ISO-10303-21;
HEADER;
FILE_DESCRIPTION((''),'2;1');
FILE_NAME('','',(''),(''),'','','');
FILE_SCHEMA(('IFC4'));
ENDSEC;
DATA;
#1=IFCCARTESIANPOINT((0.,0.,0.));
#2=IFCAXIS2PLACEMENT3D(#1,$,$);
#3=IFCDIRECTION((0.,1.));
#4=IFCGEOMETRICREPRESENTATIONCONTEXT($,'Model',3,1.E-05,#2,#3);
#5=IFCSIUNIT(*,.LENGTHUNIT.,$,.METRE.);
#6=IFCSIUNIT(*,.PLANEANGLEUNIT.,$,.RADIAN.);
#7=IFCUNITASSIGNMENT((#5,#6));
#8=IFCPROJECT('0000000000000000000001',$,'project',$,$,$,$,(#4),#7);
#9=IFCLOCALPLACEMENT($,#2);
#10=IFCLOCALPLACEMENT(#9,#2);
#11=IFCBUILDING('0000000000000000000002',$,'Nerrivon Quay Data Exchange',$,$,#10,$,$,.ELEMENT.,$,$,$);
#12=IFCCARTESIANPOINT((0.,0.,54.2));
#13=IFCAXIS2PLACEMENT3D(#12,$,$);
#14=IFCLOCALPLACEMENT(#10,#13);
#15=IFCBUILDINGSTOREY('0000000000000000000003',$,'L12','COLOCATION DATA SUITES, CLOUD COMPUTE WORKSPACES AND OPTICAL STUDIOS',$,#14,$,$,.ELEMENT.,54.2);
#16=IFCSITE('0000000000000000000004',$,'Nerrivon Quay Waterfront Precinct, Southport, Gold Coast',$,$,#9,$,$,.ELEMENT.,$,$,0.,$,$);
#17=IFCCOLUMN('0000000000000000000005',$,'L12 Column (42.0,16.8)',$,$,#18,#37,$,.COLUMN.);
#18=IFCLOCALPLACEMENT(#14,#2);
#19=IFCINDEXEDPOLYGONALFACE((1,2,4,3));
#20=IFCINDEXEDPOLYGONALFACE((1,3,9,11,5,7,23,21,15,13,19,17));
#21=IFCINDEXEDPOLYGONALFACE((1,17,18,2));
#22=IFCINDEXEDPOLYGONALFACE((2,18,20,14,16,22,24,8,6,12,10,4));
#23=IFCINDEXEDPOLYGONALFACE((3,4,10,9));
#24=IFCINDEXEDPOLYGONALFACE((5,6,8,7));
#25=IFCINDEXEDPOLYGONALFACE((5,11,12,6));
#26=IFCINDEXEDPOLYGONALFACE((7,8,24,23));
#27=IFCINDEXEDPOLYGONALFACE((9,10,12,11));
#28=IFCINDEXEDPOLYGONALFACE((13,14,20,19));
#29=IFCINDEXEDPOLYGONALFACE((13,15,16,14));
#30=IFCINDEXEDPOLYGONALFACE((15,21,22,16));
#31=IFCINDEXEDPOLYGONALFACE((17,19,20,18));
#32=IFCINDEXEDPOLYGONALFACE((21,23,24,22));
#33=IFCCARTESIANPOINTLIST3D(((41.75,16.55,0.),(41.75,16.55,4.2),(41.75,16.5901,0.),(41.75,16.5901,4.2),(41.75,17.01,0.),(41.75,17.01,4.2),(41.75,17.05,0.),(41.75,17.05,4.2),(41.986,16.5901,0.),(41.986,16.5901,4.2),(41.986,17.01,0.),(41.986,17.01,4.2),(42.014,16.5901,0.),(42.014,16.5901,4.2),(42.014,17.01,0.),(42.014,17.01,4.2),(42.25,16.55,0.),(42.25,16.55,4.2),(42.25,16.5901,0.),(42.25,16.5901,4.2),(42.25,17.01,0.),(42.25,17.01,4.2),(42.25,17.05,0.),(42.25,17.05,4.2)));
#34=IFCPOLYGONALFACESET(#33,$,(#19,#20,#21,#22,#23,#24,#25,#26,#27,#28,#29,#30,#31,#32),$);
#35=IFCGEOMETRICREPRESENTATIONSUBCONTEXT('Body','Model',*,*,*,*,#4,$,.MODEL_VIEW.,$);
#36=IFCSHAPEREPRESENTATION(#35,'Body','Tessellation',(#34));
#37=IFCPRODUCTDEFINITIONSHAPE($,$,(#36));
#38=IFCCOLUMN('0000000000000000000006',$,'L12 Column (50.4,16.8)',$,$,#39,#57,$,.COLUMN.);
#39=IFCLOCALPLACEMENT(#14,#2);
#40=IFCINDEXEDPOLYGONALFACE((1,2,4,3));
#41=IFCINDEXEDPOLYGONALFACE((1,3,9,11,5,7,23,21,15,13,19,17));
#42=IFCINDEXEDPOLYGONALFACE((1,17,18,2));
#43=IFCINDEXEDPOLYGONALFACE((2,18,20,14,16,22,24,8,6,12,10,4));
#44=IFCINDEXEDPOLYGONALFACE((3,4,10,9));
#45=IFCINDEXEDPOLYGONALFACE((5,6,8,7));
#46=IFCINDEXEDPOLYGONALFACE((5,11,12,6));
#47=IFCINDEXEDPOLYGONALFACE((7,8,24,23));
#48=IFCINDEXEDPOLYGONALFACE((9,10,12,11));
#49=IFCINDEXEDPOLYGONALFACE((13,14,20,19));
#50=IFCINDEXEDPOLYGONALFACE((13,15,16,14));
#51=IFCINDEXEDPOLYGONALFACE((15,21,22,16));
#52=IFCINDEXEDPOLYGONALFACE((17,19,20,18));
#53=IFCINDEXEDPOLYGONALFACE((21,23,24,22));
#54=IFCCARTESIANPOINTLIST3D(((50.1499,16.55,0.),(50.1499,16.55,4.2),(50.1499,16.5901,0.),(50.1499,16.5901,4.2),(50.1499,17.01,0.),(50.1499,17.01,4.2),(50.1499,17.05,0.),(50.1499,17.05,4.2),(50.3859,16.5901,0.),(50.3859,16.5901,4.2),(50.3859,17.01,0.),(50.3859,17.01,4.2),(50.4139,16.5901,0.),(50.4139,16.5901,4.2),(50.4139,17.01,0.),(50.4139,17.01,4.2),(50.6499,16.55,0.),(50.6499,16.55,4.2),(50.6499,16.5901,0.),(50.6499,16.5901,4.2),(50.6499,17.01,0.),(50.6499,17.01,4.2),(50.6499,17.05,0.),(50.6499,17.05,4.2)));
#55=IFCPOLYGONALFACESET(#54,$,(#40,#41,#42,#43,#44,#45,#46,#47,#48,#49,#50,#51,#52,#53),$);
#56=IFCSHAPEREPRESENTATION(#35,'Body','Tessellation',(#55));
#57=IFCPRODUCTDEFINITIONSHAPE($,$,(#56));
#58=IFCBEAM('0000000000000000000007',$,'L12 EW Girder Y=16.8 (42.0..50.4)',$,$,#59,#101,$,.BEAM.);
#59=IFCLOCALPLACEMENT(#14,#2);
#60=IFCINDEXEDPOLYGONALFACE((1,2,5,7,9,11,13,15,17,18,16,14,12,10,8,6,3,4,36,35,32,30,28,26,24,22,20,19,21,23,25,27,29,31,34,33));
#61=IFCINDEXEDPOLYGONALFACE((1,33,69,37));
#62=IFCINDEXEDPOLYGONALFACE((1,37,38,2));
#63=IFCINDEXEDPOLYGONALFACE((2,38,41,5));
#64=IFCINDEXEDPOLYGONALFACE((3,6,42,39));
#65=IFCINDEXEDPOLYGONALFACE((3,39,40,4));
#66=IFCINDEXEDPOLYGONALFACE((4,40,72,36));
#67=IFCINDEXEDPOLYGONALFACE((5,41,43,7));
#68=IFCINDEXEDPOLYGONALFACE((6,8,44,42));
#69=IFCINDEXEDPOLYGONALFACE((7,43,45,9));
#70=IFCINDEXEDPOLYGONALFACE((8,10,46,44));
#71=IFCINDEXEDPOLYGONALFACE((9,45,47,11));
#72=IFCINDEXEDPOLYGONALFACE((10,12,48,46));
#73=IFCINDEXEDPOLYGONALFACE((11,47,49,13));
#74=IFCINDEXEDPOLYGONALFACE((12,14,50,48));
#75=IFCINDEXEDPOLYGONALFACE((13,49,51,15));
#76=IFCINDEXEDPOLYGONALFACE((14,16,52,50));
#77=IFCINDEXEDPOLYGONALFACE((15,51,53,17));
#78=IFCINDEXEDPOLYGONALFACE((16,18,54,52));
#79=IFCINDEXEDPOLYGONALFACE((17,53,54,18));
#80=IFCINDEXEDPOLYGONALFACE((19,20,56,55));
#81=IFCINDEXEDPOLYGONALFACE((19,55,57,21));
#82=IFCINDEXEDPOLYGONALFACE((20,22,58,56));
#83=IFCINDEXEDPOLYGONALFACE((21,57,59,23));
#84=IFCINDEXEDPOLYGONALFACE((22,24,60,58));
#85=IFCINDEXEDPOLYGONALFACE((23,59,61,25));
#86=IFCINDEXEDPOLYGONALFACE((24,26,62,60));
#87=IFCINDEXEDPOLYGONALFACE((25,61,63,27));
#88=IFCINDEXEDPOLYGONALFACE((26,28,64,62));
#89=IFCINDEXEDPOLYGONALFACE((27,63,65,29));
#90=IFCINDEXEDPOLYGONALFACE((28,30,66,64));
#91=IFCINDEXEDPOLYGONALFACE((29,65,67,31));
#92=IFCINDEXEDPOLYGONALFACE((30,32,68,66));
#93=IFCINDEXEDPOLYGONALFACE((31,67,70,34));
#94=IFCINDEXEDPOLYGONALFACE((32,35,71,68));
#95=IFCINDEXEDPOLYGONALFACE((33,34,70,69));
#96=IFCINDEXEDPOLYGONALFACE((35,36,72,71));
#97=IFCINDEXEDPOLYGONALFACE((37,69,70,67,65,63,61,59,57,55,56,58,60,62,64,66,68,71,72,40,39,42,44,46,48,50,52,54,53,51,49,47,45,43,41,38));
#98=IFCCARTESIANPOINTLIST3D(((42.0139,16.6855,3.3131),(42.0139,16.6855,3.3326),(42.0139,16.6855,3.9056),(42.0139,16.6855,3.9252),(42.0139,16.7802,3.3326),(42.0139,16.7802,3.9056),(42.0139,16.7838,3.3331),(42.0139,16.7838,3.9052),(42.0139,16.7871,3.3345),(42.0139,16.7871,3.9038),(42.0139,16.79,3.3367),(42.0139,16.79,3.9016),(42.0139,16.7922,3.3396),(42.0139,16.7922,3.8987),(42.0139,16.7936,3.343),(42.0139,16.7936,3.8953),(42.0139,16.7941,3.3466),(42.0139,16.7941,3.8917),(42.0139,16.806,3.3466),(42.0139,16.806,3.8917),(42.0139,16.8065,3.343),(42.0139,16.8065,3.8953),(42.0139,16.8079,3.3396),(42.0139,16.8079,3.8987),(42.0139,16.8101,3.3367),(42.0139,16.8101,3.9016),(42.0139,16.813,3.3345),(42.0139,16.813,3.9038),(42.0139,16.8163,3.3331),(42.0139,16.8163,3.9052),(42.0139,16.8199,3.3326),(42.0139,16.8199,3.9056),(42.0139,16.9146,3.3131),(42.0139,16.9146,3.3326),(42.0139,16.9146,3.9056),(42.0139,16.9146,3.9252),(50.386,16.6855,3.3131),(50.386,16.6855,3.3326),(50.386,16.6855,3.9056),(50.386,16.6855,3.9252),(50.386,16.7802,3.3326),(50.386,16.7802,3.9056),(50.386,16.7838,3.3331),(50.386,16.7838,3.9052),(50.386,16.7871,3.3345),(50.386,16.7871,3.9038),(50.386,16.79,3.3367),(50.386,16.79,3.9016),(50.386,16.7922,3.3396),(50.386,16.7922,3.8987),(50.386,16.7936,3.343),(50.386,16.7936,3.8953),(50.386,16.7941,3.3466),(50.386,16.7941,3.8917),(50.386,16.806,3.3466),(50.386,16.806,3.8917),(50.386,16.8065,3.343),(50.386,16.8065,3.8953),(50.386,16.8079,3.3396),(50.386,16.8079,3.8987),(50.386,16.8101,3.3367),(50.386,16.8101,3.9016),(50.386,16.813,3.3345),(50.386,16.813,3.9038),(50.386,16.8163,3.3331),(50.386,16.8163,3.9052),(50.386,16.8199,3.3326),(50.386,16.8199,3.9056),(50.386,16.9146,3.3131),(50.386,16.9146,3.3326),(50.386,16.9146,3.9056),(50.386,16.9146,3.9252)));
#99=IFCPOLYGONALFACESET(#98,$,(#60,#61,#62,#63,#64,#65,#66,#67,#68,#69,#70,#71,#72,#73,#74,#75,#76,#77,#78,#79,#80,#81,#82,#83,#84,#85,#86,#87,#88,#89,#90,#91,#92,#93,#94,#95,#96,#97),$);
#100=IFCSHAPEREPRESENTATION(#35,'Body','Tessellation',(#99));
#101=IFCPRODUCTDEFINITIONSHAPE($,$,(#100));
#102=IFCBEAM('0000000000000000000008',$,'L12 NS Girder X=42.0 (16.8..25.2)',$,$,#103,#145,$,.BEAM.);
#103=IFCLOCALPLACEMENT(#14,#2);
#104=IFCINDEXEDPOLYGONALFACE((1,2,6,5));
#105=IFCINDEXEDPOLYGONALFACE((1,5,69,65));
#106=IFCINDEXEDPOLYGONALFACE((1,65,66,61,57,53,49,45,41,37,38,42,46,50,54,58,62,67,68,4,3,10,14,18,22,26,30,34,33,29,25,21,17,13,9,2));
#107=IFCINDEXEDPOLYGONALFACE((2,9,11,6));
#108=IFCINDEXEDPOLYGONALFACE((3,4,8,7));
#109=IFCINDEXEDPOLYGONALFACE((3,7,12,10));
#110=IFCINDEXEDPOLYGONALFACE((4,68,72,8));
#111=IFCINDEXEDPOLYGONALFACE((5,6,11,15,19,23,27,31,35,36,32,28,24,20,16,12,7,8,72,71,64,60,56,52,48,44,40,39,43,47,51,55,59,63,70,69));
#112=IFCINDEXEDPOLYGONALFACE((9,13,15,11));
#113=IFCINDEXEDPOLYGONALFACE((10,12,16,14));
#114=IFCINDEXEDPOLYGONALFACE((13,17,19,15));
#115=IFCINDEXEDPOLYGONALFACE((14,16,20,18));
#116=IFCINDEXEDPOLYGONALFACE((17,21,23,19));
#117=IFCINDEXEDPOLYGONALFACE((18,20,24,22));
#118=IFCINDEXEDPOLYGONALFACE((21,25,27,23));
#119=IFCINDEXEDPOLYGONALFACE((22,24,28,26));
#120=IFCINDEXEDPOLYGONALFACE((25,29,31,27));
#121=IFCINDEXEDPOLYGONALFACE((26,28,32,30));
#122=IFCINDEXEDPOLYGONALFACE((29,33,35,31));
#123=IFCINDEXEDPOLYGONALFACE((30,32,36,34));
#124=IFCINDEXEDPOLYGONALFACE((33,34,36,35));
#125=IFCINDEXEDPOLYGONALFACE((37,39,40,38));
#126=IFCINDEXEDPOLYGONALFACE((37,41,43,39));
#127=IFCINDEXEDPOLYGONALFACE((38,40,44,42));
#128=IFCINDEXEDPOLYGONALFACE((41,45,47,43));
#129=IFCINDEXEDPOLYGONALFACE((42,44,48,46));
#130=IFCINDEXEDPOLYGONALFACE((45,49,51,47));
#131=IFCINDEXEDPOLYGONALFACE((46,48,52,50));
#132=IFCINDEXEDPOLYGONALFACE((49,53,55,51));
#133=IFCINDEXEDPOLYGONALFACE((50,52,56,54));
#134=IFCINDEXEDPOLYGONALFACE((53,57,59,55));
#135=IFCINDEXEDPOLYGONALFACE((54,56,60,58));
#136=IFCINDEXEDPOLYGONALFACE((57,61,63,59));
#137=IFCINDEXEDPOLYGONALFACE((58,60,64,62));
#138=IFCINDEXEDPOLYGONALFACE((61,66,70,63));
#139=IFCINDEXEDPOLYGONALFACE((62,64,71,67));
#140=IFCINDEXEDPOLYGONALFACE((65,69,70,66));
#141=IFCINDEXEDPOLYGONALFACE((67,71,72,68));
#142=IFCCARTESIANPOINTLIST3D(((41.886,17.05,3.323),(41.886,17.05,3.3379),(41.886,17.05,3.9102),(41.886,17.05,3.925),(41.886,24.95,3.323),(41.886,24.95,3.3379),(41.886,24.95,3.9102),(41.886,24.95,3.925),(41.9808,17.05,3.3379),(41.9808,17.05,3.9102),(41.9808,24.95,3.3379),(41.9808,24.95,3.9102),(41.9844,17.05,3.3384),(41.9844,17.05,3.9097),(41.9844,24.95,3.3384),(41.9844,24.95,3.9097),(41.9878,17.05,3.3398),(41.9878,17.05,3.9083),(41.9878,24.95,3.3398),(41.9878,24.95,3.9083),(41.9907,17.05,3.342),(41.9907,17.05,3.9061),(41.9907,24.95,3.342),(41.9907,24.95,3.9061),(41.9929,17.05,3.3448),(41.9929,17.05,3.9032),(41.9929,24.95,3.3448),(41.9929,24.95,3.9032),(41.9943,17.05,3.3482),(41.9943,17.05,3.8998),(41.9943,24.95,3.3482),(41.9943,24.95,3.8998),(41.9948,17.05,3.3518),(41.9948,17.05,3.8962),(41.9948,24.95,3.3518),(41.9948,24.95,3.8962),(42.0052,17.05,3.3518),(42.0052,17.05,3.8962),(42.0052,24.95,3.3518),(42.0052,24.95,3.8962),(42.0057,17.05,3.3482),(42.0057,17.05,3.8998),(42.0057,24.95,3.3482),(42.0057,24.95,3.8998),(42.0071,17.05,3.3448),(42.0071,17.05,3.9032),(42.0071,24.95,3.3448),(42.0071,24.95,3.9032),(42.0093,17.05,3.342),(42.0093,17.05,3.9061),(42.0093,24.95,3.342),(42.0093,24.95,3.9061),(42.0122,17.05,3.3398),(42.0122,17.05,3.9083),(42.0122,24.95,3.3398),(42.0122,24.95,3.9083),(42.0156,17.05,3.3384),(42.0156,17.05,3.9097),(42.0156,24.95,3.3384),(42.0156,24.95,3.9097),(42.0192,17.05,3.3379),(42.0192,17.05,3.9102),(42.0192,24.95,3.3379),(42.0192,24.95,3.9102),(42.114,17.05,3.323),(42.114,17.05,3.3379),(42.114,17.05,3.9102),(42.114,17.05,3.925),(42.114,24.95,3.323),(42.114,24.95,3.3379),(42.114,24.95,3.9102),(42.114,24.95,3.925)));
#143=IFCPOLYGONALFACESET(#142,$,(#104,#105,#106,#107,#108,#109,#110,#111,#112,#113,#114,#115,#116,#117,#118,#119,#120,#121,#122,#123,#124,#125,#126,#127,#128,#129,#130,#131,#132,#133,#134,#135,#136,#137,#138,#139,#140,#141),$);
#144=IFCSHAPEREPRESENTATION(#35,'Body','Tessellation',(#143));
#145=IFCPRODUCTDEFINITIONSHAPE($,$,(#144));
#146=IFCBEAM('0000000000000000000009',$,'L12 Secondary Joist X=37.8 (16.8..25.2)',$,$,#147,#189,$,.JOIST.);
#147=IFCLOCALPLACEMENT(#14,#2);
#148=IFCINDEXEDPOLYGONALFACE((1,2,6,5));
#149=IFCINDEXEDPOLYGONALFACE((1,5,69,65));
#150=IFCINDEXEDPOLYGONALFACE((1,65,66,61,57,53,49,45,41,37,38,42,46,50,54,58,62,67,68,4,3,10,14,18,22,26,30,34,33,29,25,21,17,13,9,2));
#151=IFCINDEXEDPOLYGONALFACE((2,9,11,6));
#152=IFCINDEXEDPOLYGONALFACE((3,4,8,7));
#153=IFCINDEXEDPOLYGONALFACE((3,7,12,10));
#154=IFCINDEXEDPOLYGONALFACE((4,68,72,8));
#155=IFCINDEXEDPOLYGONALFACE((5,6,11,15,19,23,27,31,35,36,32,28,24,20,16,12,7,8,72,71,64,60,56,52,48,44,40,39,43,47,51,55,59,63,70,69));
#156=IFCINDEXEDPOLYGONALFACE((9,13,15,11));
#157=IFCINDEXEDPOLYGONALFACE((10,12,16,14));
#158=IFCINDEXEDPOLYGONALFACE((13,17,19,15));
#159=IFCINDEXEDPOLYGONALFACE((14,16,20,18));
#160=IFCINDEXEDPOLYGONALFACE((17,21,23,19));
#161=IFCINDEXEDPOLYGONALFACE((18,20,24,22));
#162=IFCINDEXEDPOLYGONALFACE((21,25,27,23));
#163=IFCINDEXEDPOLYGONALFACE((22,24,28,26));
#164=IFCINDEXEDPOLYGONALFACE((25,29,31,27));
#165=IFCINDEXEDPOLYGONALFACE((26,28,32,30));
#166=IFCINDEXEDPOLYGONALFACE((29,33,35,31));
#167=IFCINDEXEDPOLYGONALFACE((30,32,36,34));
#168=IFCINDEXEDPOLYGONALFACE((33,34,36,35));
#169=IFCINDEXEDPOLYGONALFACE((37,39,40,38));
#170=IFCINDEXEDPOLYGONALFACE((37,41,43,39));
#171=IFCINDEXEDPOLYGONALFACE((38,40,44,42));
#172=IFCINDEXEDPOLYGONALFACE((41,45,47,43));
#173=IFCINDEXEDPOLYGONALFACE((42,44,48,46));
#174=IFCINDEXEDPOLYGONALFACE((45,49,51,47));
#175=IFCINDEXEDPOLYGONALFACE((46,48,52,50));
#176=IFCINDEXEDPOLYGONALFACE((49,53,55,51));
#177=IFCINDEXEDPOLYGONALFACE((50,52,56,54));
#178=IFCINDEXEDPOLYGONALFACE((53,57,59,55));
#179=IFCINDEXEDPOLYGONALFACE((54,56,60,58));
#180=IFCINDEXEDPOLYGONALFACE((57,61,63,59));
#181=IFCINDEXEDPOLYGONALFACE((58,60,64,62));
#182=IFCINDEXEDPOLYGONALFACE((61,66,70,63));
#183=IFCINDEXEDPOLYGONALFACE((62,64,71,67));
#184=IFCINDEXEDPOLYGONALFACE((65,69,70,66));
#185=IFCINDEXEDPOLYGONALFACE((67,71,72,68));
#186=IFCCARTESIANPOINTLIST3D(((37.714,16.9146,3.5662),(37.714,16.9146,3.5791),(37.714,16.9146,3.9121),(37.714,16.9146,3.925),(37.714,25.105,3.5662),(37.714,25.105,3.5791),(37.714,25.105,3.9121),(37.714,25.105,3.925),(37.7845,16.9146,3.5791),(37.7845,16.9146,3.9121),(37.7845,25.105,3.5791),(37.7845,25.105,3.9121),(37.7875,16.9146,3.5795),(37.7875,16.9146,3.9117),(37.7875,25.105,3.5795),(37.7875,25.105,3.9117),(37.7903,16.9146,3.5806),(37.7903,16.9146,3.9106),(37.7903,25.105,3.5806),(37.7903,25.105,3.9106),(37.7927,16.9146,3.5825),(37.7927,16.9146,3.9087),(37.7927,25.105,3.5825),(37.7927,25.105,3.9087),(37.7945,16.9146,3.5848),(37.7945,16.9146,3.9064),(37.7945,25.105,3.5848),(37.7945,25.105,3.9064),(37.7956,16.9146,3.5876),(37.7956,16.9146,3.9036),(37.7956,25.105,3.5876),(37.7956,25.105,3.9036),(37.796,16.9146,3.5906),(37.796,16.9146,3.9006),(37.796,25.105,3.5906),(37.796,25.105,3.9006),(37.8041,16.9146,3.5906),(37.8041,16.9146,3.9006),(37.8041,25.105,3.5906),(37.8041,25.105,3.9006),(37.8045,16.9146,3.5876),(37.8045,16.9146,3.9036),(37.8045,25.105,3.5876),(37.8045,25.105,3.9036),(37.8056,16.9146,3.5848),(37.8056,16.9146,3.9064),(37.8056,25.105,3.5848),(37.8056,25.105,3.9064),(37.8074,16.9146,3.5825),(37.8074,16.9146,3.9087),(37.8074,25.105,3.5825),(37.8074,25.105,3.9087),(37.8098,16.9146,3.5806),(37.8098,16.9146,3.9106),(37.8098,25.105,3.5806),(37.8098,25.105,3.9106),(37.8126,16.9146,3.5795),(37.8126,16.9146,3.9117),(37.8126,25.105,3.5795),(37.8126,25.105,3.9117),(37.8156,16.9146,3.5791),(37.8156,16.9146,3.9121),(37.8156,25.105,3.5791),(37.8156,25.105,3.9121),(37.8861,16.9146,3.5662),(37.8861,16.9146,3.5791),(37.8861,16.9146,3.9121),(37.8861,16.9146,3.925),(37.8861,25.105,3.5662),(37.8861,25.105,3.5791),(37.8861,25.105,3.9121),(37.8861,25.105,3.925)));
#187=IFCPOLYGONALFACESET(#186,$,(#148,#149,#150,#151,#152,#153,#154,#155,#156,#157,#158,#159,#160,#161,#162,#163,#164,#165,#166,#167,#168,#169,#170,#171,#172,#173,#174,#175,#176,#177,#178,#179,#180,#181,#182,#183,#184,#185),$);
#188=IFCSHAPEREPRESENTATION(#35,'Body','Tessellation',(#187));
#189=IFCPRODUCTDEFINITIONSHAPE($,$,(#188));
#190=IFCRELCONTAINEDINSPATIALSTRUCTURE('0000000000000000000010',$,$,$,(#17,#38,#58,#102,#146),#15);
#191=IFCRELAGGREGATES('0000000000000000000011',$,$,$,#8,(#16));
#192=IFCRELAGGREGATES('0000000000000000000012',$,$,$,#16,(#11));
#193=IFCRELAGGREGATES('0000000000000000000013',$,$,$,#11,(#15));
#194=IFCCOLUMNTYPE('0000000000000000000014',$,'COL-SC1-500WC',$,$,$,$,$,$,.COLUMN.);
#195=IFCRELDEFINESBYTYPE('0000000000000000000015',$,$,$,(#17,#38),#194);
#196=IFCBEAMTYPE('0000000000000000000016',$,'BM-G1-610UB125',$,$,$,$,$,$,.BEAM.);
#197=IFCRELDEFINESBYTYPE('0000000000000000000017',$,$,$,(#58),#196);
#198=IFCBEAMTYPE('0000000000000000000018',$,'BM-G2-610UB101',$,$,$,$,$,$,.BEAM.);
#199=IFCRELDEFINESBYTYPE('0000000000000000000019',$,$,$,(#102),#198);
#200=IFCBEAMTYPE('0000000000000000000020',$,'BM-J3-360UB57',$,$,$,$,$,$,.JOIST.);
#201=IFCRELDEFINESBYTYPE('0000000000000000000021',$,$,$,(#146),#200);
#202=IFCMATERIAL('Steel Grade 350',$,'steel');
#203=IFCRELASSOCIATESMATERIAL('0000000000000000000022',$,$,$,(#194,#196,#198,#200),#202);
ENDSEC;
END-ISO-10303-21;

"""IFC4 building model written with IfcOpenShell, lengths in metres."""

from ifc_helpers import new_model, si_unit, direction, frame, origin, origin_2d, place, context, subcontext, project, spatial, i_section, extrude, material, material_profile, profile_set, type_object, element, save


model = new_model("IFC4")

# Units and contexts
model_context = context("Model", 3, precision=1e-05, world=origin(), true_north=direction((0.0, 1.0)))
body_context = subcontext(model_context, "Body", "Model", "MODEL_VIEW")
ifc_project = project(units=[si_unit("LENGTHUNIT", "METRE"), si_unit("PLANEANGLEUNIT", "RADIAN")], contexts=[model_context])

# Site, building, storey
site_placement = place(None, origin())
site = spatial("IfcSite", under=ifc_project, at=site_placement, Name="Nerrivon Quay Waterfront Precinct, Southport, Gold Coast", CompositionType="ELEMENT", RefElevation=0.0)
building_placement = place(site_placement, origin())
building = spatial("IfcBuilding", under=site, at=building_placement, Name="Nerrivon Quay Data Exchange", CompositionType="ELEMENT")
storey_placement = place(building_placement, frame((0.0, 0.0, 54.2)))
storey = spatial("IfcBuildingStorey", under=building, at=storey_placement, Name="L12", Description="COLOCATION DATA SUITES, CLOUD COMPUTE WORKSPACES AND OPTICAL STUDIOS", CompositionType="ELEMENT", Elevation=54.2)

# Columns
ifc_material_1 = material(Name="Steel Grade 350", Category="steel")
ifc_material_profile_1 = material_profile(ifc_material_1, i_section(OverallWidth=0.5, OverallDepth=0.5, WebThickness=0.0281, FlangeThickness=0.04, at=origin_2d()), Name="500WC440")
ifc_profile_set_1 = profile_set([ifc_material_profile_1], Name="Steel Grade 350")
column_type = type_object("IfcColumnType", Name="COL-SC1-500WC", PredefinedType="COLUMN", material=ifc_profile_set_1)
for number, where, z_axis, x_axis, name in (
    (1, (42.0, 16.8, 0.0), (0.0, 0.0, 1.0), (1.0, 0.0, 0.0), "L12 Column (42.0,16.8)"),
    (2, (50.3999, 16.8, 0.0), (0.0, 0.0, 1.0), (1.0, 0.0, 0.0), "L12 Column (50.4,16.8)"),
):
    element("IfcColumn", number, at=place(storey_placement, frame(where, z_axis=z_axis, x_axis=x_axis)), inside=storey, type_object=column_type, Name=name, PredefinedType="COLUMN", context=body_context, shape_type="SweptSolid", body=[
        extrude(i_section(OverallWidth=0.5, OverallDepth=0.5, WebThickness=0.0281, FlangeThickness=0.04, at=origin_2d()), origin(), (0.0, 0.0, 1.0), 4.2),
    ])

# Beams
ifc_material_profile_2 = material_profile(ifc_material_1, i_section(OverallWidth=0.229, OverallDepth=0.6121, WebThickness=0.012, FlangeThickness=0.0195, FilletRadius=0.0139, at=origin_2d()), Name="610UB125")
ifc_profile_set_2 = profile_set([ifc_material_profile_2], Name="Steel Grade 350")
beam_type_1 = type_object("IfcBeamType", Name="BM-G1-610UB125", PredefinedType="BEAM", material=ifc_profile_set_2)
beam_1_placement = place(storey_placement, frame((42.0139, 16.8, 3.6191), z_axis=(1.0, 0.0, 0.0), x_axis=(0.0, 1.0, 0.0)))
element("IfcBeam", 3, at=beam_1_placement, inside=storey, type_object=beam_type_1, Name="L12 EW Girder Y=16.8 (42.0..50.4)", PredefinedType="BEAM", context=body_context, shape_type="SweptSolid", body=[
    extrude(i_section(OverallWidth=0.229, OverallDepth=0.6121, WebThickness=0.012, FlangeThickness=0.0195, FilletRadius=0.0139, at=origin_2d()), origin(), (0.0, 0.0, 1.0), 8.3721),
])
ifc_material_profile_3 = material_profile(ifc_material_1, i_section(OverallWidth=0.228, OverallDepth=0.6021, WebThickness=0.0105, FlangeThickness=0.0149, FilletRadius=0.0139, at=origin_2d()), Name="610UB101")
ifc_profile_set_3 = profile_set([ifc_material_profile_3], Name="Steel Grade 350")
beam_type_2 = type_object("IfcBeamType", Name="BM-G2-610UB101", PredefinedType="BEAM", material=ifc_profile_set_3)
beam_2_placement = place(storey_placement, frame((42.0, 17.05, 3.624), z_axis=(0.0, 1.0, 0.0), x_axis=(-1.0, 0.0, 0.0)))
element("IfcBeam", 4, at=beam_2_placement, inside=storey, type_object=beam_type_2, Name="L12 NS Girder X=42.0 (16.8..25.2)", PredefinedType="BEAM", context=body_context, shape_type="SweptSolid", body=[
    extrude(i_section(OverallWidth=0.228, OverallDepth=0.6021, WebThickness=0.0105, FlangeThickness=0.0149, FilletRadius=0.0139, at=origin_2d()), origin(), (0.0, 0.0, 1.0), 7.8999),
])
ifc_material_profile_4 = material_profile(ifc_material_1, i_section(OverallWidth=0.1721, OverallDepth=0.3589, WebThickness=0.0081, FlangeThickness=0.0129, FilletRadius=0.0115, at=origin_2d()), Name="360UB56.7")
ifc_profile_set_4 = profile_set([ifc_material_profile_4], Name="Steel Grade 350")
beam_type_3 = type_object("IfcBeamType", Name="BM-J3-360UB57", PredefinedType="JOIST", material=ifc_profile_set_4)
for number, where, z_axis, x_axis, name in (
    (5, (37.8, 16.9146, 3.7456), (0.0, 1.0, 0.0), (-1.0, 0.0, 0.0), "L12 Secondary Joist X=37.8 (16.8..25.2)"),
):
    element("IfcBeam", number, at=place(storey_placement, frame(where, z_axis=z_axis, x_axis=x_axis)), inside=storey, type_object=beam_type_3, Name=name, PredefinedType="JOIST", context=body_context, shape_type="SweptSolid", body=[
        extrude(i_section(OverallWidth=0.1721, OverallDepth=0.3589, WebThickness=0.0081, FlangeThickness=0.0129, FilletRadius=0.0115, at=origin_2d()), origin(), (0.0, 0.0, 1.0), 8.1904),
    ])

save(model, "model.ifc")
